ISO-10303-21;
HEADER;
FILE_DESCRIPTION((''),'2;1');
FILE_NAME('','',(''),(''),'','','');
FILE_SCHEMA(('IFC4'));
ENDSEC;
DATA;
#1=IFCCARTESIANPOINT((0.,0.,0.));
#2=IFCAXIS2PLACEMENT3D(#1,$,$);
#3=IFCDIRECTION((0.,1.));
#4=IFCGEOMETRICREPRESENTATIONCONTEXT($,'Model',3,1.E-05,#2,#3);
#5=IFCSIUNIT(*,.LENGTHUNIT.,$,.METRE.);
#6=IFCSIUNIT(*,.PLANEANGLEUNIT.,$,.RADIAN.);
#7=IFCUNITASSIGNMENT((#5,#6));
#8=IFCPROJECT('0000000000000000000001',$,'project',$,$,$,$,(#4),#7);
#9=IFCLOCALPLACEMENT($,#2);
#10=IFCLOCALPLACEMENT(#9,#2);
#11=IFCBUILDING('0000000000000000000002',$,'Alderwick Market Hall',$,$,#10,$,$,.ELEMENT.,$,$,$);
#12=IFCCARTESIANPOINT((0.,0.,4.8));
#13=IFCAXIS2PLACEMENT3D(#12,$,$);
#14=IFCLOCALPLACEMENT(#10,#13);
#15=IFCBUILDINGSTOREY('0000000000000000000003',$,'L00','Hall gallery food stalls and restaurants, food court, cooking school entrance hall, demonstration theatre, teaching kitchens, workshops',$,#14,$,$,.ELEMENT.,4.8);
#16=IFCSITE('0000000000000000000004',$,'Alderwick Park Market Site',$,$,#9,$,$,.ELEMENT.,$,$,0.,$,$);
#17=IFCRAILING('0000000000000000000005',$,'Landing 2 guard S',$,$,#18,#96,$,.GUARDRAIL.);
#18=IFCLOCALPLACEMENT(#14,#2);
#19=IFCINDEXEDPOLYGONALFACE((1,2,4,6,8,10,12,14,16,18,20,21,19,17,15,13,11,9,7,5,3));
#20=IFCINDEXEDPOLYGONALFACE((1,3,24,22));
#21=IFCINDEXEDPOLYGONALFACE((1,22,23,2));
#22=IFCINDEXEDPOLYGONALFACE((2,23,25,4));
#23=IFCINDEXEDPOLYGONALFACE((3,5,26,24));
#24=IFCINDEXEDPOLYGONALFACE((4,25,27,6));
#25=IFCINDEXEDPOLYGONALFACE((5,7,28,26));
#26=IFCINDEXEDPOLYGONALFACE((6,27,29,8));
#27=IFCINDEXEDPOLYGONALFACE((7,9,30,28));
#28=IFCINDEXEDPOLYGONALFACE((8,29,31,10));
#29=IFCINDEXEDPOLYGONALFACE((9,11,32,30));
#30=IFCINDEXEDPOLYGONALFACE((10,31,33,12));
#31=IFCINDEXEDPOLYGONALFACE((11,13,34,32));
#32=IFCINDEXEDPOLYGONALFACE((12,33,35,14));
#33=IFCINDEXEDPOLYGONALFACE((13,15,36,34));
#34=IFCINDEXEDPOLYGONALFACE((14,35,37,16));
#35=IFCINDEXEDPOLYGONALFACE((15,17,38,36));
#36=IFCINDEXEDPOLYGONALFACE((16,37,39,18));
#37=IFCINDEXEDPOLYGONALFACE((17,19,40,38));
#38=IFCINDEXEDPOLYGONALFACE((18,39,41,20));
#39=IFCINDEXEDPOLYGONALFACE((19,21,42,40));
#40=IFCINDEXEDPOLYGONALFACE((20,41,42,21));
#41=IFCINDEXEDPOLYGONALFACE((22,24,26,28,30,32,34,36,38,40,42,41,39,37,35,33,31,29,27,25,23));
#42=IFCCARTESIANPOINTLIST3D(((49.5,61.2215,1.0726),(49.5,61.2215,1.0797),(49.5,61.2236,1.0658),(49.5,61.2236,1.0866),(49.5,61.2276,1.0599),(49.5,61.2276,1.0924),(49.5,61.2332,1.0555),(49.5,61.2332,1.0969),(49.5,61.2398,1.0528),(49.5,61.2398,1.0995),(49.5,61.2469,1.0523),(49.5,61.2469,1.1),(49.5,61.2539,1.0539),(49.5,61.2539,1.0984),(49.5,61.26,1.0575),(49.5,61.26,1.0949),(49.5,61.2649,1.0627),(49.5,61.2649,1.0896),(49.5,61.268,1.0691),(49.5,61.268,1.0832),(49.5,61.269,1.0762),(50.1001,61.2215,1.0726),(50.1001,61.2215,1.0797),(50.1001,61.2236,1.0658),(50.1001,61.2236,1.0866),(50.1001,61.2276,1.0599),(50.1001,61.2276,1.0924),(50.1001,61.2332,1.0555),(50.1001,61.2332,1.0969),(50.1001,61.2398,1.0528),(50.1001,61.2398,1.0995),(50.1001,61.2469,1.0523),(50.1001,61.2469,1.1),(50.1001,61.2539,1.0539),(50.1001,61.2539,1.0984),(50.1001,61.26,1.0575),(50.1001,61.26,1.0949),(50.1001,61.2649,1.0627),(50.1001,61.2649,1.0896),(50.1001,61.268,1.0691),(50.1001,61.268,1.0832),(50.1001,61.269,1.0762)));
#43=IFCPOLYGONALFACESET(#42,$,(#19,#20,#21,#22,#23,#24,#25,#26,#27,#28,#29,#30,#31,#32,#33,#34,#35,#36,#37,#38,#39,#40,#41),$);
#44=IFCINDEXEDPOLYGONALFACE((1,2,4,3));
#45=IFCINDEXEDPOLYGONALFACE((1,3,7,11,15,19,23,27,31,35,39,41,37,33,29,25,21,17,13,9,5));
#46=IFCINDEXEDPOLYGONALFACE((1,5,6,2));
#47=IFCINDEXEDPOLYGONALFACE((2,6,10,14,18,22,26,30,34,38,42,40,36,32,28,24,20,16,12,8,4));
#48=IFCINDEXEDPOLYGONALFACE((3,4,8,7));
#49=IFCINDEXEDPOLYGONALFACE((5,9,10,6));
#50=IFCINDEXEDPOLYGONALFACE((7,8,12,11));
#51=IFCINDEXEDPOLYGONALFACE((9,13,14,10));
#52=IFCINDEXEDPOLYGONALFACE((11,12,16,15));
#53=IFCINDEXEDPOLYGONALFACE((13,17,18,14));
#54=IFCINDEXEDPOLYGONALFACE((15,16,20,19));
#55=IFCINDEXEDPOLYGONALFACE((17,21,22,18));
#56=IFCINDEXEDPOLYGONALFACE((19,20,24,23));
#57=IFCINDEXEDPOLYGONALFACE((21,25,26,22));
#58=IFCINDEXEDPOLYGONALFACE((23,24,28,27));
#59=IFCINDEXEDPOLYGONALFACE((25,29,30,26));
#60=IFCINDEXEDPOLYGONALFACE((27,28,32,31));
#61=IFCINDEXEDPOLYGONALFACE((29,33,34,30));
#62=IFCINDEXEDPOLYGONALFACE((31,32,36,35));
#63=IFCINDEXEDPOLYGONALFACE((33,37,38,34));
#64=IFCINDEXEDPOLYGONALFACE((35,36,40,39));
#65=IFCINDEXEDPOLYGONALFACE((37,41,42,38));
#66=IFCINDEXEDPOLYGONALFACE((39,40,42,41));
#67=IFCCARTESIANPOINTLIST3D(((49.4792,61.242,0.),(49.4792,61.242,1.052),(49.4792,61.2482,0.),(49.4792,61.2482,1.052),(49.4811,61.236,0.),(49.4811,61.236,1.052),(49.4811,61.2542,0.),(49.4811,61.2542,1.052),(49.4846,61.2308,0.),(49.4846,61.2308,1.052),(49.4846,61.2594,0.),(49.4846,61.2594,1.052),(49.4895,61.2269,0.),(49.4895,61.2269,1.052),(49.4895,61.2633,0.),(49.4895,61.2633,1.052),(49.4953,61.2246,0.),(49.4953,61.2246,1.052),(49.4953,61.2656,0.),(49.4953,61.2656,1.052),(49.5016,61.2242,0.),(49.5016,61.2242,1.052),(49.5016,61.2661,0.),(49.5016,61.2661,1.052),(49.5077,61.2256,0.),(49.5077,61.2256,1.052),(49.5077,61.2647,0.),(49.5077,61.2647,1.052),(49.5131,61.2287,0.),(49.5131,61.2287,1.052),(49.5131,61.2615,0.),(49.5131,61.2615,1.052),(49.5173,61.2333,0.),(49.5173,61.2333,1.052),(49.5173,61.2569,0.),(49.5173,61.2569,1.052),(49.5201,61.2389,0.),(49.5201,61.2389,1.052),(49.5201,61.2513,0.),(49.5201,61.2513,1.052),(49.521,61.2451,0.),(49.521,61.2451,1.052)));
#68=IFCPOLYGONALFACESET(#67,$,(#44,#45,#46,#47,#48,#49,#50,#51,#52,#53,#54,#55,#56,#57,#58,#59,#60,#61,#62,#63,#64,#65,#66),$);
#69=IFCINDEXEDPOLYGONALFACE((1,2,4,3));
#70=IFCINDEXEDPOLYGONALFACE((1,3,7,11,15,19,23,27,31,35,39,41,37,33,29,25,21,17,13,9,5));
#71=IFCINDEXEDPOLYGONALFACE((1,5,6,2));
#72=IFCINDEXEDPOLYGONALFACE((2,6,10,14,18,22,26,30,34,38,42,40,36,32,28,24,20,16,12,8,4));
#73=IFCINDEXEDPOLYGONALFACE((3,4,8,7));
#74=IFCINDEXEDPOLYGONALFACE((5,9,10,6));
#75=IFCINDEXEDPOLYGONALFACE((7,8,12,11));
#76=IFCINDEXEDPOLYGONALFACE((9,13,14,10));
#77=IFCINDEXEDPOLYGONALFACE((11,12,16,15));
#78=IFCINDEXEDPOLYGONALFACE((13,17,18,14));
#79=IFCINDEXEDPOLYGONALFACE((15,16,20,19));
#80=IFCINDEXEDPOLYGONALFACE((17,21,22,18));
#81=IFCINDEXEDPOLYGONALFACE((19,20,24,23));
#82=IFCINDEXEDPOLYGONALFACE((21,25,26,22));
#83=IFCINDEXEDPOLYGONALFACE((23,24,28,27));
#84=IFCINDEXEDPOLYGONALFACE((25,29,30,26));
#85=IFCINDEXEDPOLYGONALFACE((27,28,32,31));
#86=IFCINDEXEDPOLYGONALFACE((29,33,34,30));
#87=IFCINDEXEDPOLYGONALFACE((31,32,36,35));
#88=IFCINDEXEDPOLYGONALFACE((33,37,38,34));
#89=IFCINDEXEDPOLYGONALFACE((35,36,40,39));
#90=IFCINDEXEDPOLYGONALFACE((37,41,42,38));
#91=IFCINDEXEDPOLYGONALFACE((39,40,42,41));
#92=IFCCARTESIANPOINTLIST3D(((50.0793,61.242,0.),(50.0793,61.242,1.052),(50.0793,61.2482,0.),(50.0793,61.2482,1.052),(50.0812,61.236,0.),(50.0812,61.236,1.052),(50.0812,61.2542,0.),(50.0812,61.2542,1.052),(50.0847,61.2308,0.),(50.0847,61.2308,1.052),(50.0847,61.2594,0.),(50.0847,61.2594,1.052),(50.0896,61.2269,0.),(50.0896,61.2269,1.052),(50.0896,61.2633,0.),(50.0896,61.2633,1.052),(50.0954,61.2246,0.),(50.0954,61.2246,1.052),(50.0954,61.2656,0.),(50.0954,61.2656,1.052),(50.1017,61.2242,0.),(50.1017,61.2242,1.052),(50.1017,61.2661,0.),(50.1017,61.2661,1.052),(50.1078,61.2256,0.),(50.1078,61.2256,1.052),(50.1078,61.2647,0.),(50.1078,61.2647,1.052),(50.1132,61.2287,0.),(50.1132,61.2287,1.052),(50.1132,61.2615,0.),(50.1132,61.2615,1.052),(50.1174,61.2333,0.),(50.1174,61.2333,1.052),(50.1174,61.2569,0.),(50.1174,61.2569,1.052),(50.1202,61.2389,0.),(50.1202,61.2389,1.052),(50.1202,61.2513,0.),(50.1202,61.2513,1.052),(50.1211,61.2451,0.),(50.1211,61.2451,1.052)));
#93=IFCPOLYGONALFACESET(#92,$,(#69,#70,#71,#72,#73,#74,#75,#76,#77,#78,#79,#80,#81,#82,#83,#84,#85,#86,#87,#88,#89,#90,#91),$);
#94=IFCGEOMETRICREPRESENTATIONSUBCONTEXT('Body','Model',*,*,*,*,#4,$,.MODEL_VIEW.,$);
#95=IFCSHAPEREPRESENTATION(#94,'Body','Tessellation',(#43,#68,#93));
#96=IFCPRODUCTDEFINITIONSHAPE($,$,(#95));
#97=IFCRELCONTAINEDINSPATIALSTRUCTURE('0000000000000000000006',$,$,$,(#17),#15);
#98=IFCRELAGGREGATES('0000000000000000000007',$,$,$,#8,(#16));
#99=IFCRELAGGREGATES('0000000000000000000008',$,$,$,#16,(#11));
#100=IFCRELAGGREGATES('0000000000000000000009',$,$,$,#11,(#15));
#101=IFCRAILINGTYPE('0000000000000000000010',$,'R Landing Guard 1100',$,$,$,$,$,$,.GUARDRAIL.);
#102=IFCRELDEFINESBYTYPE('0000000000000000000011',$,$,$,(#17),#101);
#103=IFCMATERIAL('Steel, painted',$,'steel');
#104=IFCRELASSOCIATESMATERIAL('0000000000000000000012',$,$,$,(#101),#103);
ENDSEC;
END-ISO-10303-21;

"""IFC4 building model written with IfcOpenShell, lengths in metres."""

from ifc_helpers import new_model, si_unit, direction, frame, origin, origin_2d, place, context, subcontext, project, spatial, circle, extrude, material, type_object, element, save


model = new_model("IFC4")

# Units and contexts
model_context = context("Model", 3, precision=1e-05, world=origin(), true_north=direction((0.0, 1.0)))
body_context = subcontext(model_context, "Body", "Model", "MODEL_VIEW")
ifc_project = project(units=[si_unit("LENGTHUNIT", "METRE"), si_unit("PLANEANGLEUNIT", "RADIAN")], contexts=[model_context])

# Site, building, storey
site_placement = place(None, origin())
site = spatial("IfcSite", under=ifc_project, at=site_placement, Name="Alderwick Park Market Site", CompositionType="ELEMENT", RefElevation=0.0)
building_placement = place(site_placement, origin())
building = spatial("IfcBuilding", under=site, at=building_placement, Name="Alderwick Market Hall", CompositionType="ELEMENT")
storey_placement = place(building_placement, frame((0.0, 0.0, 4.8)))
storey = spatial("IfcBuildingStorey", under=building, at=storey_placement, Name="L00", Description="Hall gallery food stalls and restaurants, food court, cooking school entrance hall, demonstration theatre, teaching kitchens, workshops", CompositionType="ELEMENT", Elevation=4.8)

# Railing
ifc_material_1 = material(Name="Steel, painted", Category="steel")
railing_type_1 = type_object("IfcRailingType", Name="R Landing Guard 1100", PredefinedType="GUARDRAIL", material=ifc_material_1)
railing_1_placement = place(storey_placement, frame((49.5, 61.2451, 0.0)))
element("IfcRailing", 1, at=railing_1_placement, inside=storey, type_object=railing_type_1, Name="Landing 2 guard S", PredefinedType="GUARDRAIL", context=body_context, shape_type="SweptSolid", body=[
    extrude(circle(Radius=0.0239, at=origin_2d()), frame((0.0, 0.0, 1.0762), z_axis=(1.0, 0.0, 0.0), x_axis=(0.0, 1.0, 0.0)), (0.0, 0.0, 1.0), 0.6001),
    extrude(circle(Radius=0.021, at=origin_2d()), origin(), (0.0, 0.0, 1.0), 1.052),
    extrude(circle(Radius=0.021, at=origin_2d()), frame((0.6001, 0.0, 0.0)), (0.0, 0.0, 1.0), 1.052),
])

save(model, "model.ifc")
